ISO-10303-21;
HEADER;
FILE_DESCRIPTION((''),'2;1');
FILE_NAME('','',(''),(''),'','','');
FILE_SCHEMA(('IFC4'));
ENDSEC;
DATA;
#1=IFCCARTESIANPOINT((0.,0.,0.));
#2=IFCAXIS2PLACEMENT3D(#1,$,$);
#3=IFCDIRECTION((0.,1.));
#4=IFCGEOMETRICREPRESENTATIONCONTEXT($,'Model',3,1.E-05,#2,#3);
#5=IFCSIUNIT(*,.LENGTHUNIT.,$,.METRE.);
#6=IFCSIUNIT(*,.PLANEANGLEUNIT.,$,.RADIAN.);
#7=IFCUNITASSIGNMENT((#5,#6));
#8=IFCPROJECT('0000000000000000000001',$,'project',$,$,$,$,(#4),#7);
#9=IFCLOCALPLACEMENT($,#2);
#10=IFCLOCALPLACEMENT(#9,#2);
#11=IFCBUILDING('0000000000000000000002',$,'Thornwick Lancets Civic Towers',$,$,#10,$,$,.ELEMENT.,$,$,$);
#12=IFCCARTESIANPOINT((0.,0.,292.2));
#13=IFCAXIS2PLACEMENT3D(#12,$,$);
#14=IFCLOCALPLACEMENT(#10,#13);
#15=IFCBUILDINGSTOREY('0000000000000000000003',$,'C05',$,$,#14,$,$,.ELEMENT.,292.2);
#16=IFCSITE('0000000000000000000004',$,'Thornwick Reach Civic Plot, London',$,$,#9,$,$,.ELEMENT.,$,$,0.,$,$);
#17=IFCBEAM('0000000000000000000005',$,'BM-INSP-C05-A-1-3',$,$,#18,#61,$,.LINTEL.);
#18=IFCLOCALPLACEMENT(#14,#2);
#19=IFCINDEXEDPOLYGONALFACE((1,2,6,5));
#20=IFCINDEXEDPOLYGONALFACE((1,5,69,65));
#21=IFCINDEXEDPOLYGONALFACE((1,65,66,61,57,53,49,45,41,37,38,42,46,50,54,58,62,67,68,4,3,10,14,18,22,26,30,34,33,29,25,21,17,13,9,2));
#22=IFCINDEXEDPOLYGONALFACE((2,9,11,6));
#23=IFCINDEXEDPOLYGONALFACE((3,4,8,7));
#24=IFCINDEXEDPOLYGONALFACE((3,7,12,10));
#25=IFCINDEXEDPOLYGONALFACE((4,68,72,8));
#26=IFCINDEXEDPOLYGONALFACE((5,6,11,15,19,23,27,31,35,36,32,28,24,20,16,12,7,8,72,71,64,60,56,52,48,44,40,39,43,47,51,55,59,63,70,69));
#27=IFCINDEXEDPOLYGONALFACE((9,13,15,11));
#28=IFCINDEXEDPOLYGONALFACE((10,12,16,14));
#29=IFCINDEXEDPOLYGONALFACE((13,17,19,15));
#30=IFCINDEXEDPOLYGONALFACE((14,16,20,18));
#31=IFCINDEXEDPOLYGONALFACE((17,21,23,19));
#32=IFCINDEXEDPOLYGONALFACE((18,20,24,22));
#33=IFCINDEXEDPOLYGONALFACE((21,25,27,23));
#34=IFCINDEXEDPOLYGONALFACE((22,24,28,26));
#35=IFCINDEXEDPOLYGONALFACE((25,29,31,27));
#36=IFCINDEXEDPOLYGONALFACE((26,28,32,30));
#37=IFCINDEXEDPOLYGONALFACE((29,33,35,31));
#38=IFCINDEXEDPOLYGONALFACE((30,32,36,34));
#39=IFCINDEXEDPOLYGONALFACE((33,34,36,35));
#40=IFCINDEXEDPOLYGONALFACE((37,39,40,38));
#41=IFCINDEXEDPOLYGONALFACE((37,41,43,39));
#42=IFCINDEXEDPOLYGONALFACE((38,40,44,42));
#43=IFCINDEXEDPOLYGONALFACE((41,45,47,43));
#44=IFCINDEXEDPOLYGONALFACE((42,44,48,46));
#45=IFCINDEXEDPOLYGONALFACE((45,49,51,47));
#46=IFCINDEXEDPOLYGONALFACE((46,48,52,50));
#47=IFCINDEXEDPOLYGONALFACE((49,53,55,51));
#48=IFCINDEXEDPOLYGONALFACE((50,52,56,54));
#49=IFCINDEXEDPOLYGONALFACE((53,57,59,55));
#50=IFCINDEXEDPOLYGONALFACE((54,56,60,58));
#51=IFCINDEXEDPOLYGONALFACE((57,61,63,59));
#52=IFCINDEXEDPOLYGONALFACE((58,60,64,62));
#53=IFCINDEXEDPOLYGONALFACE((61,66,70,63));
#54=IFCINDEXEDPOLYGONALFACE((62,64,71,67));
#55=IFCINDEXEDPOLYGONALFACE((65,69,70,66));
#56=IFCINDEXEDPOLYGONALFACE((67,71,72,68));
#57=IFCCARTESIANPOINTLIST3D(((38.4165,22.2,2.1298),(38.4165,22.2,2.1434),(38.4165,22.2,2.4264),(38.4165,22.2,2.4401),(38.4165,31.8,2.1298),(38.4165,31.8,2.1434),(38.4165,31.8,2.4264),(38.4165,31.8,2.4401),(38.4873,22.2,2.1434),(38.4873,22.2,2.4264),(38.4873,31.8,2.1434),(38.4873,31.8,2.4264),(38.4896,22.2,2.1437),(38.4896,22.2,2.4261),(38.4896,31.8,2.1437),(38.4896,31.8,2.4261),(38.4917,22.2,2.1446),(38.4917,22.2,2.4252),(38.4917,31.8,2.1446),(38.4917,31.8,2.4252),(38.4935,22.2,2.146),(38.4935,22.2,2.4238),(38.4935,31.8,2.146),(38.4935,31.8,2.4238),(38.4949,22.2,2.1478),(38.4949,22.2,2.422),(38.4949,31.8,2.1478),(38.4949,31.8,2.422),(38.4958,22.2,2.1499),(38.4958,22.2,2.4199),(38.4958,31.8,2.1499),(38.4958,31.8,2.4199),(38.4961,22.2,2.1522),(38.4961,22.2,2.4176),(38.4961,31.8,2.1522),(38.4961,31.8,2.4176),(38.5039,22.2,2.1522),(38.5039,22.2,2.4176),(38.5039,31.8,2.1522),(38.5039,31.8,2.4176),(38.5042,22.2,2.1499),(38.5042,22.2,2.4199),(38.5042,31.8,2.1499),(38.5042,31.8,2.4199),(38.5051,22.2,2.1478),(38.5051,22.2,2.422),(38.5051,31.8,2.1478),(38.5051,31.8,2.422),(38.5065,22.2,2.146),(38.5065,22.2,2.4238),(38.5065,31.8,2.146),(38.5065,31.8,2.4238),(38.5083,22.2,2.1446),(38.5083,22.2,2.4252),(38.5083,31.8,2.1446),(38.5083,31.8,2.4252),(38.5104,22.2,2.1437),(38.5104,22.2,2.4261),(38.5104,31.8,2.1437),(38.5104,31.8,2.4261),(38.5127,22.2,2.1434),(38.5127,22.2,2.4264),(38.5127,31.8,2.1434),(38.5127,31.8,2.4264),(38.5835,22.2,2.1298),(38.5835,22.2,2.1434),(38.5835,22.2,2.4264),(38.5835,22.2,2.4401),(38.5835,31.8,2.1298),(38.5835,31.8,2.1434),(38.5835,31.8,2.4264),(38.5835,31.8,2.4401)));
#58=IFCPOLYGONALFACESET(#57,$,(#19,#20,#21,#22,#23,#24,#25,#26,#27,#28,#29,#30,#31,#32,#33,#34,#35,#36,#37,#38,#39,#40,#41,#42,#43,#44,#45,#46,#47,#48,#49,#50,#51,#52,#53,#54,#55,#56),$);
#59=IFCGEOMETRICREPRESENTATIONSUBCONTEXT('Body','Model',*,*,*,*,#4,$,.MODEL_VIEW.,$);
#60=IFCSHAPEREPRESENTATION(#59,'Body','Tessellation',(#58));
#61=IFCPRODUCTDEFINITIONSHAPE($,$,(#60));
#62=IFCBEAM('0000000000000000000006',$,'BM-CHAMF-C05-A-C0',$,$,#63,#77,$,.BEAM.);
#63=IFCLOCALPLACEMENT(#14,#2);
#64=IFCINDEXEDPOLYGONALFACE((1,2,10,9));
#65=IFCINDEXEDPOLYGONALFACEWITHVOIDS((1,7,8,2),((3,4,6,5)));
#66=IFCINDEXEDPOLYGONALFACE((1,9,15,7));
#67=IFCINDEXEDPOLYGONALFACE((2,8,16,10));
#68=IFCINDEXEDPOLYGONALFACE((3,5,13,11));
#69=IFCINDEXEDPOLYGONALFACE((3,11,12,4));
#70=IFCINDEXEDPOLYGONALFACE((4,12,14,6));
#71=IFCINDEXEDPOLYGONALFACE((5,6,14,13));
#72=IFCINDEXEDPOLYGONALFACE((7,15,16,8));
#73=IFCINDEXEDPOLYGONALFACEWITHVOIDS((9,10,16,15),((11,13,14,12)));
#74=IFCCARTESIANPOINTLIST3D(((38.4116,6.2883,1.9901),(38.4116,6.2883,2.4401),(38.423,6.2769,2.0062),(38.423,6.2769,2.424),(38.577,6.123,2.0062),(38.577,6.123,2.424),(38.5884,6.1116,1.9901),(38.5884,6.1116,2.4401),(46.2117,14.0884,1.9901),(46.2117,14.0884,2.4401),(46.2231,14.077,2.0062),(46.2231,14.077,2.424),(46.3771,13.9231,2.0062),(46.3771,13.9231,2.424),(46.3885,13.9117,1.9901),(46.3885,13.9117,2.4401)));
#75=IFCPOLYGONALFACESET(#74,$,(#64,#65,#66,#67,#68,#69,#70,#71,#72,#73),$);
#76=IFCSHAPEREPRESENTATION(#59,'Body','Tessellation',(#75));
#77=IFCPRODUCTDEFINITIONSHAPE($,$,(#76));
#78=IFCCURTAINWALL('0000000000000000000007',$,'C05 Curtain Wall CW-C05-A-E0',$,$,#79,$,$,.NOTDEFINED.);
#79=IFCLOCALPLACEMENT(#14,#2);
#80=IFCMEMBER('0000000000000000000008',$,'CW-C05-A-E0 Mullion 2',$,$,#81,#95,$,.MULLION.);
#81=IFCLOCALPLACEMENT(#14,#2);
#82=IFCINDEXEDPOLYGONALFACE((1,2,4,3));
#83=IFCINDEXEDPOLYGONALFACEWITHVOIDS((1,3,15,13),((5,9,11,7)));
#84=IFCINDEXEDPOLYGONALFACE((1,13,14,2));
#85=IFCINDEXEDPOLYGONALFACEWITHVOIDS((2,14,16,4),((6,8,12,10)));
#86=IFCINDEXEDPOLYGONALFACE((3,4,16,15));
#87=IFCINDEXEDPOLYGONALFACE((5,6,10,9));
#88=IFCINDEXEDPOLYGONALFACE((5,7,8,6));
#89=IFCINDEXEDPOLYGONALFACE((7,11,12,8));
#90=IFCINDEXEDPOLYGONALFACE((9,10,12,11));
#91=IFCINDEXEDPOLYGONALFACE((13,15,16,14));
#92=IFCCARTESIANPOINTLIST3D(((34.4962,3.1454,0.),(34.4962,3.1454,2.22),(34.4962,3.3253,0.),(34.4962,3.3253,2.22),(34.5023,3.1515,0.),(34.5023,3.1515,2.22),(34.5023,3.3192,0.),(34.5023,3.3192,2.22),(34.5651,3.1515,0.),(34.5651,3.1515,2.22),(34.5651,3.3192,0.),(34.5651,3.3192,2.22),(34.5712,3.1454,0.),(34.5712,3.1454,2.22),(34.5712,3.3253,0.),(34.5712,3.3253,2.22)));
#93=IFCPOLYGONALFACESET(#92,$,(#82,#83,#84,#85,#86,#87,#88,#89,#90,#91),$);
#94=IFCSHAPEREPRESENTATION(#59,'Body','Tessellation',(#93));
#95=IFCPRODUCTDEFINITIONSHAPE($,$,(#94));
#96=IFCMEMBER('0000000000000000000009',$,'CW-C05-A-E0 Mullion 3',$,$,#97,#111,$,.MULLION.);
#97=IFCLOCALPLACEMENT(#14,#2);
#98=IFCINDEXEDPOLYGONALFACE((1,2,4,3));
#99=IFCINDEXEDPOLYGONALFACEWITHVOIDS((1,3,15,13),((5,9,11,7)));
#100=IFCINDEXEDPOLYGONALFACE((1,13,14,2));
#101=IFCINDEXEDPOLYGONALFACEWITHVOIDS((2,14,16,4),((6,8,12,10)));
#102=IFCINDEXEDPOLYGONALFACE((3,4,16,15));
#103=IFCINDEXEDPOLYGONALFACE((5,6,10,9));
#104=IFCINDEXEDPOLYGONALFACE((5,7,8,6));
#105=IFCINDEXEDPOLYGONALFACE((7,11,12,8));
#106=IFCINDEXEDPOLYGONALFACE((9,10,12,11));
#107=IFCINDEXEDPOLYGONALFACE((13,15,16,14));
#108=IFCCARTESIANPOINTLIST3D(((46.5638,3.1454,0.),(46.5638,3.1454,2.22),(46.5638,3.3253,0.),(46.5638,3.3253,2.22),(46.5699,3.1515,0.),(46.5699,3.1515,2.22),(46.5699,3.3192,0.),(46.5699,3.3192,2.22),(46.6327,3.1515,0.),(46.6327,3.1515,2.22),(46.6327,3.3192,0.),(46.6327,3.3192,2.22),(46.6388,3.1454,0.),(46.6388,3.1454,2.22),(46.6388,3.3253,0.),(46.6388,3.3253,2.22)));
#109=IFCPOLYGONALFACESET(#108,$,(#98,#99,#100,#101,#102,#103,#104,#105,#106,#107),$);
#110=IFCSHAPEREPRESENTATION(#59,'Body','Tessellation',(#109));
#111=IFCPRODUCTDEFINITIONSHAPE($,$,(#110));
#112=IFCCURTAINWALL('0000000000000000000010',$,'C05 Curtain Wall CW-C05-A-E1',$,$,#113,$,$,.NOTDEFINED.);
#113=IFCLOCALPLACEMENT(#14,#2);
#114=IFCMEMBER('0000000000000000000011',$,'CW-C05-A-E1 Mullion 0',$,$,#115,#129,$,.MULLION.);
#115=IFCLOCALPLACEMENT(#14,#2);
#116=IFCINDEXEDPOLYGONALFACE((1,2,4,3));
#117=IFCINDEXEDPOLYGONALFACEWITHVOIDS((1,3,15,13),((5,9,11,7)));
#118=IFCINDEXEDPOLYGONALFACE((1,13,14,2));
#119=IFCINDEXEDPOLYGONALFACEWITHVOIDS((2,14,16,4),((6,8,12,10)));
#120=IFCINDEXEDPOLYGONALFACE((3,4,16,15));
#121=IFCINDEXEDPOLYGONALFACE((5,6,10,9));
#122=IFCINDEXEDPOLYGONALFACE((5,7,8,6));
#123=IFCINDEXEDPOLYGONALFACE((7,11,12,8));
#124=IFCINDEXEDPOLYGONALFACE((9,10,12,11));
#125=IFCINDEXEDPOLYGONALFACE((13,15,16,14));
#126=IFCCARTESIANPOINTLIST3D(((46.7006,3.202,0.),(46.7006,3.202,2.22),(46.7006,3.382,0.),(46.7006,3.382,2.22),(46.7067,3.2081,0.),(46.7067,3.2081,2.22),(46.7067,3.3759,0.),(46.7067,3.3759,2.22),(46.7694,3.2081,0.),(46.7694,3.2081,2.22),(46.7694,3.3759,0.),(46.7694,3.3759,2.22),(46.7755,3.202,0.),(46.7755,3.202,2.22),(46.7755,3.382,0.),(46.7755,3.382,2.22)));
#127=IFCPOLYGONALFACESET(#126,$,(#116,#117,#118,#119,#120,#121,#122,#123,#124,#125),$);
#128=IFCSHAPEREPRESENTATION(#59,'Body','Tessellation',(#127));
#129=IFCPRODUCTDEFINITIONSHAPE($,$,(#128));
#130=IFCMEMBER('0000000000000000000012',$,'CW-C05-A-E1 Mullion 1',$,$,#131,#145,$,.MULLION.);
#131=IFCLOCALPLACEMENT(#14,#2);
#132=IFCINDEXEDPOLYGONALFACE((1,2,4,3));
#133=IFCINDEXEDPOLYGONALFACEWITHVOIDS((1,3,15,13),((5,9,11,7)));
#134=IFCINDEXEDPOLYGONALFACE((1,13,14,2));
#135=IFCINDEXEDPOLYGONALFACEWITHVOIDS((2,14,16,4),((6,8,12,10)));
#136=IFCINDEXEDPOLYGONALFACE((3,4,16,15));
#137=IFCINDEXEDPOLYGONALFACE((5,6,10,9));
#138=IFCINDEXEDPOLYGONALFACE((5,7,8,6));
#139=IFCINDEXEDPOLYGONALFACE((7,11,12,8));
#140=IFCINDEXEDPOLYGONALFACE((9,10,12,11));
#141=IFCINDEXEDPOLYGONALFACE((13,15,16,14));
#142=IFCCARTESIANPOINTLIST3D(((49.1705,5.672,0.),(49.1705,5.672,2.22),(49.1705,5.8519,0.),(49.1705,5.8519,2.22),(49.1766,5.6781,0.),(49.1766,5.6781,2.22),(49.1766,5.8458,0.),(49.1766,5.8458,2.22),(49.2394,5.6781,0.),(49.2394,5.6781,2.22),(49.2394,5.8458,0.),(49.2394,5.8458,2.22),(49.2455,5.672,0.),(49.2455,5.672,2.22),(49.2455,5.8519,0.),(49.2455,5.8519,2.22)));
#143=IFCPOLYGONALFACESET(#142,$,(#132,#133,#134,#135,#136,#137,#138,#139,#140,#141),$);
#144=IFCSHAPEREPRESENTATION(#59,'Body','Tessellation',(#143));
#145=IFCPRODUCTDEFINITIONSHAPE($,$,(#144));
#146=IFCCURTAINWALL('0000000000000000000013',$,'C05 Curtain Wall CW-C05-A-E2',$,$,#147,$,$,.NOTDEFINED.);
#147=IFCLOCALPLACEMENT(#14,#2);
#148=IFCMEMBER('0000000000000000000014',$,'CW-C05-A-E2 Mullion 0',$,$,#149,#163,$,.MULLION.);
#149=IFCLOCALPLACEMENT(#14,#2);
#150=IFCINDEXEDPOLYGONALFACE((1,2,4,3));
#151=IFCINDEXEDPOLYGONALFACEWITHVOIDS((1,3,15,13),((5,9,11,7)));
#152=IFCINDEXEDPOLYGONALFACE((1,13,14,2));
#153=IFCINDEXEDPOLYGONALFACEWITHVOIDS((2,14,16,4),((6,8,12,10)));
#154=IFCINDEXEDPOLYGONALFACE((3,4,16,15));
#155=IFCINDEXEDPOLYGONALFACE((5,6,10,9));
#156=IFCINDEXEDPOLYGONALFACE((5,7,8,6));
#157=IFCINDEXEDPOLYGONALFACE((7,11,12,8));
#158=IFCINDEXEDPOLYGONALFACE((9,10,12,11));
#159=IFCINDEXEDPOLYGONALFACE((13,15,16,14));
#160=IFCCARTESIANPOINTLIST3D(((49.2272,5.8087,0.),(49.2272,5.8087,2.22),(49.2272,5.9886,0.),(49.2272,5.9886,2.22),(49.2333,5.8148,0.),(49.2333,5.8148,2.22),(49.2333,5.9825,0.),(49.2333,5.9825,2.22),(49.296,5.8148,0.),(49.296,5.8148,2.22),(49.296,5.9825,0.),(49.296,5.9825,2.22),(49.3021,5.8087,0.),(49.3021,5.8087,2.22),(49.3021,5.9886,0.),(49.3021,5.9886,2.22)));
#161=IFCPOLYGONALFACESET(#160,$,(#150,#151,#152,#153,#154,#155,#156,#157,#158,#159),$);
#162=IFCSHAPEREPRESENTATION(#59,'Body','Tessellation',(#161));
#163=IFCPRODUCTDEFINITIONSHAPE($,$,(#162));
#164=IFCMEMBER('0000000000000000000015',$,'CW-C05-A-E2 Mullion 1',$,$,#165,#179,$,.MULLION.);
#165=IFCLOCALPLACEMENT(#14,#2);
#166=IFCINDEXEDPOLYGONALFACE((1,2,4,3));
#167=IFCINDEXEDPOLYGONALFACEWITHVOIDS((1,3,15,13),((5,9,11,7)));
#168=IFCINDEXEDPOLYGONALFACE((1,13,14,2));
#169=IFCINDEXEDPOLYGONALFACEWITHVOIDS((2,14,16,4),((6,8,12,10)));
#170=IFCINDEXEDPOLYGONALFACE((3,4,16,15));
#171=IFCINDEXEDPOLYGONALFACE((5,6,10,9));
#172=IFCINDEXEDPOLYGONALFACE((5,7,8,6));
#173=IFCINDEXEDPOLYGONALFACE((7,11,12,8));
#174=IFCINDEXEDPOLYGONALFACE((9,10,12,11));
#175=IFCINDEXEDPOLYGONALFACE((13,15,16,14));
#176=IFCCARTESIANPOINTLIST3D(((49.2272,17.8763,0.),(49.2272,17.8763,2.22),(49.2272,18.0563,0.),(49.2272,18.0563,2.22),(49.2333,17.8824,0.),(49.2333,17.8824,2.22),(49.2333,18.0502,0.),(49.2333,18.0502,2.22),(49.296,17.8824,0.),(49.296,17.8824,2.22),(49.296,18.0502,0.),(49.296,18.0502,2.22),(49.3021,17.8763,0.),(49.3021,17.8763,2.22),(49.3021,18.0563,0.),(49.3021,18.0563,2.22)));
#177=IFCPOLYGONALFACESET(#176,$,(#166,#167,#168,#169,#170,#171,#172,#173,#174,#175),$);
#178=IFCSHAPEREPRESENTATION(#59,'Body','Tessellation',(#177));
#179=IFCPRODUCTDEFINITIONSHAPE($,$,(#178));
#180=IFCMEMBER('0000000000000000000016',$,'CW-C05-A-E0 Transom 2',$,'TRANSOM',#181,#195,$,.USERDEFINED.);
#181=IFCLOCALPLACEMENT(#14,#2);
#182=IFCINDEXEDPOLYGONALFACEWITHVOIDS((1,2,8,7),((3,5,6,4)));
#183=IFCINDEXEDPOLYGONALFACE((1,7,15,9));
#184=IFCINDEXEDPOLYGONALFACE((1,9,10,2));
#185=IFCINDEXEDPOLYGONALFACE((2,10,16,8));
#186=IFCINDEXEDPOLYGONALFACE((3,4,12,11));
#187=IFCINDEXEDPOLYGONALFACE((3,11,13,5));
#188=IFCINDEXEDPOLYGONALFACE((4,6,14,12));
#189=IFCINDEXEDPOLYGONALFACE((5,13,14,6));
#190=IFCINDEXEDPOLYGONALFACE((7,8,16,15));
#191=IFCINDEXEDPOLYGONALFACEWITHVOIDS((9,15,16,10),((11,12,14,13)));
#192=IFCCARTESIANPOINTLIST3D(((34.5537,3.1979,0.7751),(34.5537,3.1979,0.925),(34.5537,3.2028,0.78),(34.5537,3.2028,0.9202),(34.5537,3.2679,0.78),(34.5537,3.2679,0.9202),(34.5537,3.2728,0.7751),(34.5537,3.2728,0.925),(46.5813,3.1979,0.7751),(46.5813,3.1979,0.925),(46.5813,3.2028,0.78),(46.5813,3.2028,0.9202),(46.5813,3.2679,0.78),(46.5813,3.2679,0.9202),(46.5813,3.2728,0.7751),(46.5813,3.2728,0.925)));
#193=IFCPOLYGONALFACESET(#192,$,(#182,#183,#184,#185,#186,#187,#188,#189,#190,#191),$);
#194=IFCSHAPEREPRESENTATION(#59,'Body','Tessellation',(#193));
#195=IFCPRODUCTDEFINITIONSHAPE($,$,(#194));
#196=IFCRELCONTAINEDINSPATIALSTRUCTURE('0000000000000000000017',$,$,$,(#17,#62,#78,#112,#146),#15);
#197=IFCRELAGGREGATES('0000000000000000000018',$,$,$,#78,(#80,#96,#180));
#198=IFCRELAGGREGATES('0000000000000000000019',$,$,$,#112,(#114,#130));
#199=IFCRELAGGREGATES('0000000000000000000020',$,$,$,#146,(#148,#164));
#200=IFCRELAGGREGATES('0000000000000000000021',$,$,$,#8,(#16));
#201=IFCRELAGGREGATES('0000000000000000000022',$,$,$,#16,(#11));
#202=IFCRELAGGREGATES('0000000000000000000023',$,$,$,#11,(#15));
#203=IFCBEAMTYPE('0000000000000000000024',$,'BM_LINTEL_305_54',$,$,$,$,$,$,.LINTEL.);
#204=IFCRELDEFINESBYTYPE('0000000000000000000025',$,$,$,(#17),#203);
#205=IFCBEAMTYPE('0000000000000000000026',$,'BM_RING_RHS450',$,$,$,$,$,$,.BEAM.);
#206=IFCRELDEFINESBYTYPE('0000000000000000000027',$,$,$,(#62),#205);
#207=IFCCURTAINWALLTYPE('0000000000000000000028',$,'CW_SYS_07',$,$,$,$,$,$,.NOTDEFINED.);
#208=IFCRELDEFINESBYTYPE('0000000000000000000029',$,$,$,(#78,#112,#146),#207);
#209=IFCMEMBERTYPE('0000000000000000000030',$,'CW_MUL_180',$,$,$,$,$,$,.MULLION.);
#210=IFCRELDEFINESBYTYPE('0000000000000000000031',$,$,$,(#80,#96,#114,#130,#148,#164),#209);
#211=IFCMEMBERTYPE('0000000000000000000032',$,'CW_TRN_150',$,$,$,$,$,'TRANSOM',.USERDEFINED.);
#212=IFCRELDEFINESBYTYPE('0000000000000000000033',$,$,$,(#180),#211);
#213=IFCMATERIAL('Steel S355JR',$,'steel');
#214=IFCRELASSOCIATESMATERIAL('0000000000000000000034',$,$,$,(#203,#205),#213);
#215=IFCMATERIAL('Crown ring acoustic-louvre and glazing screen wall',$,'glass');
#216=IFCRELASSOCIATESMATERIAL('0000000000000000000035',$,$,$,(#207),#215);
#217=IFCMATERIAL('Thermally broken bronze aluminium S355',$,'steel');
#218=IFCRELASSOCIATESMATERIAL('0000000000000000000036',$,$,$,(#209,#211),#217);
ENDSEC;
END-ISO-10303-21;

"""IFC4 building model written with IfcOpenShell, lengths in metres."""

from ifc_helpers import new_model, si_unit, direction, frame, origin, origin_2d, place, context, subcontext, project, spatial, hollow_rectangle, i_section, extrude, material, material_profile, profile_set, type_object, element, aggregate, save


model = new_model("IFC4")

# Units and contexts
model_context = context("Model", 3, precision=1e-05, world=origin(), true_north=direction((0.0, 1.0)))
body_context = subcontext(model_context, "Body", "Model", "MODEL_VIEW")
ifc_project = project(units=[si_unit("LENGTHUNIT", "METRE"), si_unit("PLANEANGLEUNIT", "RADIAN")], contexts=[model_context])

# Site, building, storey
site_placement = place(None, origin())
site = spatial("IfcSite", under=ifc_project, at=site_placement, Name="Thornwick Reach Civic Plot, London", CompositionType="ELEMENT", RefElevation=0.0)
building_placement = place(site_placement, origin())
building = spatial("IfcBuilding", under=site, at=building_placement, Name="Thornwick Lancets Civic Towers", CompositionType="ELEMENT")
storey_placement = place(building_placement, frame((0.0, 0.0, 292.2)))
storey = spatial("IfcBuildingStorey", under=building, at=storey_placement, Name="C05", CompositionType="ELEMENT", Elevation=292.2)

# Shared definitions
ifc_material_1 = material(Name="Steel S355JR", Category="steel")

# Beams
ifc_material_profile_1 = material_profile(ifc_material_1, i_section(OverallWidth=0.167, OverallDepth=0.3103, WebThickness=0.0078, FlangeThickness=0.0137, FilletRadius=0.0088, at=origin_2d()), Name="UKB 305x165x54")
ifc_profile_set_1 = profile_set([ifc_material_profile_1], Name="Steel S355JR")
beam_type_1 = type_object("IfcBeamType", Name="BM_LINTEL_305_54", PredefinedType="LINTEL", material=ifc_profile_set_1)
beam_1_placement = place(storey_placement, frame((38.5, 22.2, 2.2849), z_axis=(0.0, 1.0, 0.0), x_axis=(-1.0, 0.0, 0.0)))
element("IfcBeam", 1, at=beam_1_placement, inside=storey, type_object=beam_type_1, Name="BM-INSP-C05-A-1-3", PredefinedType="LINTEL", context=body_context, shape_type="SweptSolid", body=[
    extrude(i_section(OverallWidth=0.167, OverallDepth=0.3103, WebThickness=0.0078, FlangeThickness=0.0137, FilletRadius=0.0088, at=origin_2d()), origin(), (0.0, 0.0, 1.0), 9.6001),
])
ifc_material_profile_2 = material_profile(ifc_material_1, hollow_rectangle(XDim=0.25, YDim=0.45, WallThickness=0.0161, at=origin_2d()), Name="RHS 450x250x16")
ifc_profile_set_2 = profile_set([ifc_material_profile_2], Name="Steel S355JR")
beam_type_2 = type_object("IfcBeamType", Name="BM_RING_RHS450", PredefinedType="BEAM", material=ifc_profile_set_2)
beam_2_placement = place(storey_placement, frame((38.5, 6.2, 2.2151), z_axis=(0.707107, 0.707107, 0.0), x_axis=(-0.707107, 0.707107, 0.0)))
element("IfcBeam", 2, at=beam_2_placement, inside=storey, type_object=beam_type_2, Name="BM-CHAMF-C05-A-C0", PredefinedType="BEAM", context=body_context, shape_type="SweptSolid", body=[
    extrude(hollow_rectangle(XDim=0.25, YDim=0.45, WallThickness=0.0161, at=origin_2d()), origin(), (0.0, 0.0, 1.0), 11.031),
])

# Curtain walls, members
ifc_material_2 = material(Name="Crown ring acoustic-louvre and glazing screen wall", Category="glass")
curtain_wall_type = type_object("IfcCurtainWallType", Name="CW_SYS_07", PredefinedType="NOTDEFINED", material=ifc_material_2)
curtain_wall_1_placement = place(storey_placement, origin())
curtain_wall_1 = element("IfcCurtainWall", 3, at=curtain_wall_1_placement, inside=storey, type_object=curtain_wall_type, Name="C05 Curtain Wall CW-C05-A-E0", PredefinedType="NOTDEFINED")
ifc_material_3 = material(Name="Thermally broken bronze aluminium S355", Category="steel")
ifc_material_profile_3 = material_profile(ifc_material_3, hollow_rectangle(XDim=0.075, YDim=0.1799, WallThickness=0.0061, at=origin_2d()), Name="RHS 180x75x6")
ifc_profile_set_3 = profile_set([ifc_material_profile_3], Name="Thermally broken bronze aluminium S355")
member_type_1 = type_object("IfcMemberType", Name="CW_MUL_180", PredefinedType="MULLION", material=ifc_profile_set_3)
member_1_placement = place(storey_placement, frame((34.5337, 3.2354, 0.0), z_axis=(0.0, 0.0, 1.0), x_axis=(1.0, 0.0, 0.0)))
member_1 = element("IfcMember", 4, at=member_1_placement, type_object=member_type_1, Name="CW-C05-A-E0 Mullion 2", PredefinedType="MULLION", context=body_context, shape_type="SweptSolid", body=[
    extrude(hollow_rectangle(XDim=0.075, YDim=0.1799, WallThickness=0.0061, at=origin_2d()), origin(), (0.0, 0.0, 1.0), 2.22),
])
member_2_placement = place(storey_placement, frame((46.6013, 3.2354, 0.0), z_axis=(0.0, 0.0, 1.0), x_axis=(1.0, 0.0, 0.0)))
member_2 = element("IfcMember", 5, at=member_2_placement, type_object=member_type_1, Name="CW-C05-A-E0 Mullion 3", PredefinedType="MULLION", context=body_context, shape_type="SweptSolid", body=[
    extrude(hollow_rectangle(XDim=0.075, YDim=0.1799, WallThickness=0.0061, at=origin_2d()), origin(), (0.0, 0.0, 1.0), 2.22),
])
curtain_wall_2_placement = place(storey_placement, origin())
curtain_wall_2 = element("IfcCurtainWall", 6, at=curtain_wall_2_placement, inside=storey, type_object=curtain_wall_type, Name="C05 Curtain Wall CW-C05-A-E1", PredefinedType="NOTDEFINED")
member_3_placement = place(storey_placement, frame((46.738, 3.292, 0.0), z_axis=(0.0, 0.0, 1.0), x_axis=(1.0, 0.0, 0.0)))
member_3 = element("IfcMember", 7, at=member_3_placement, type_object=member_type_1, Name="CW-C05-A-E1 Mullion 0", PredefinedType="MULLION", context=body_context, shape_type="SweptSolid", body=[
    extrude(hollow_rectangle(XDim=0.075, YDim=0.1799, WallThickness=0.0061, at=origin_2d()), origin(), (0.0, 0.0, 1.0), 2.22),
])
member_4_placement = place(storey_placement, frame((49.208, 5.762, 0.0), z_axis=(0.0, 0.0, 1.0), x_axis=(1.0, 0.0, 0.0)))
member_4 = element("IfcMember", 8, at=member_4_placement, type_object=member_type_1, Name="CW-C05-A-E1 Mullion 1", PredefinedType="MULLION", context=body_context, shape_type="SweptSolid", body=[
    extrude(hollow_rectangle(XDim=0.075, YDim=0.1799, WallThickness=0.0061, at=origin_2d()), origin(), (0.0, 0.0, 1.0), 2.22),
])
curtain_wall_3_placement = place(storey_placement, origin())
curtain_wall_3 = element("IfcCurtainWall", 9, at=curtain_wall_3_placement, inside=storey, type_object=curtain_wall_type, Name="C05 Curtain Wall CW-C05-A-E2", PredefinedType="NOTDEFINED")
member_5_placement = place(storey_placement, frame((49.2646, 5.8987, 0.0), z_axis=(0.0, 0.0, 1.0), x_axis=(1.0, 0.0, 0.0)))
member_5 = element("IfcMember", 10, at=member_5_placement, type_object=member_type_1, Name="CW-C05-A-E2 Mullion 0", PredefinedType="MULLION", context=body_context, shape_type="SweptSolid", body=[
    extrude(hollow_rectangle(XDim=0.075, YDim=0.1799, WallThickness=0.0061, at=origin_2d()), origin(), (0.0, 0.0, 1.0), 2.22),
])
member_6_placement = place(storey_placement, frame((49.2646, 17.9663, 0.0), z_axis=(0.0, 0.0, 1.0), x_axis=(1.0, 0.0, 0.0)))
member_6 = element("IfcMember", 11, at=member_6_placement, type_object=member_type_1, Name="CW-C05-A-E2 Mullion 1", PredefinedType="MULLION", context=body_context, shape_type="SweptSolid", body=[
    extrude(hollow_rectangle(XDim=0.075, YDim=0.1799, WallThickness=0.0061, at=origin_2d()), origin(), (0.0, 0.0, 1.0), 2.22),
])

# Member
ifc_material_profile_4 = material_profile(ifc_material_3, hollow_rectangle(XDim=0.075, YDim=0.1499, WallThickness=0.0049, at=origin_2d()), Name="RHS 150x75x5")
ifc_profile_set_4 = profile_set([ifc_material_profile_4], Name="Thermally broken bronze aluminium S355")
member_type_2 = type_object("IfcMemberType", Name="CW_TRN_150", ElementType="TRANSOM", PredefinedType="USERDEFINED", material=ifc_profile_set_4)
member_7_placement = place(storey_placement, frame((34.5537, 3.2354, 0.8501), z_axis=(1.0, 0.0, 0.0), x_axis=(0.0, 1.0, 0.0)))
member_7 = element("IfcMember", 12, at=member_7_placement, type_object=member_type_2, Name="CW-C05-A-E0 Transom 2", ObjectType="TRANSOM", PredefinedType="USERDEFINED", context=body_context, shape_type="SweptSolid", body=[
    extrude(hollow_rectangle(XDim=0.075, YDim=0.1499, WallThickness=0.0049, at=origin_2d()), origin(), (0.0, 0.0, 1.0), 12.0276),
])

aggregate(curtain_wall_1, [member_1, member_2, member_7])
aggregate(curtain_wall_2, [member_3, member_4])
aggregate(curtain_wall_3, [member_5, member_6])

save(model, "model.ifc")
